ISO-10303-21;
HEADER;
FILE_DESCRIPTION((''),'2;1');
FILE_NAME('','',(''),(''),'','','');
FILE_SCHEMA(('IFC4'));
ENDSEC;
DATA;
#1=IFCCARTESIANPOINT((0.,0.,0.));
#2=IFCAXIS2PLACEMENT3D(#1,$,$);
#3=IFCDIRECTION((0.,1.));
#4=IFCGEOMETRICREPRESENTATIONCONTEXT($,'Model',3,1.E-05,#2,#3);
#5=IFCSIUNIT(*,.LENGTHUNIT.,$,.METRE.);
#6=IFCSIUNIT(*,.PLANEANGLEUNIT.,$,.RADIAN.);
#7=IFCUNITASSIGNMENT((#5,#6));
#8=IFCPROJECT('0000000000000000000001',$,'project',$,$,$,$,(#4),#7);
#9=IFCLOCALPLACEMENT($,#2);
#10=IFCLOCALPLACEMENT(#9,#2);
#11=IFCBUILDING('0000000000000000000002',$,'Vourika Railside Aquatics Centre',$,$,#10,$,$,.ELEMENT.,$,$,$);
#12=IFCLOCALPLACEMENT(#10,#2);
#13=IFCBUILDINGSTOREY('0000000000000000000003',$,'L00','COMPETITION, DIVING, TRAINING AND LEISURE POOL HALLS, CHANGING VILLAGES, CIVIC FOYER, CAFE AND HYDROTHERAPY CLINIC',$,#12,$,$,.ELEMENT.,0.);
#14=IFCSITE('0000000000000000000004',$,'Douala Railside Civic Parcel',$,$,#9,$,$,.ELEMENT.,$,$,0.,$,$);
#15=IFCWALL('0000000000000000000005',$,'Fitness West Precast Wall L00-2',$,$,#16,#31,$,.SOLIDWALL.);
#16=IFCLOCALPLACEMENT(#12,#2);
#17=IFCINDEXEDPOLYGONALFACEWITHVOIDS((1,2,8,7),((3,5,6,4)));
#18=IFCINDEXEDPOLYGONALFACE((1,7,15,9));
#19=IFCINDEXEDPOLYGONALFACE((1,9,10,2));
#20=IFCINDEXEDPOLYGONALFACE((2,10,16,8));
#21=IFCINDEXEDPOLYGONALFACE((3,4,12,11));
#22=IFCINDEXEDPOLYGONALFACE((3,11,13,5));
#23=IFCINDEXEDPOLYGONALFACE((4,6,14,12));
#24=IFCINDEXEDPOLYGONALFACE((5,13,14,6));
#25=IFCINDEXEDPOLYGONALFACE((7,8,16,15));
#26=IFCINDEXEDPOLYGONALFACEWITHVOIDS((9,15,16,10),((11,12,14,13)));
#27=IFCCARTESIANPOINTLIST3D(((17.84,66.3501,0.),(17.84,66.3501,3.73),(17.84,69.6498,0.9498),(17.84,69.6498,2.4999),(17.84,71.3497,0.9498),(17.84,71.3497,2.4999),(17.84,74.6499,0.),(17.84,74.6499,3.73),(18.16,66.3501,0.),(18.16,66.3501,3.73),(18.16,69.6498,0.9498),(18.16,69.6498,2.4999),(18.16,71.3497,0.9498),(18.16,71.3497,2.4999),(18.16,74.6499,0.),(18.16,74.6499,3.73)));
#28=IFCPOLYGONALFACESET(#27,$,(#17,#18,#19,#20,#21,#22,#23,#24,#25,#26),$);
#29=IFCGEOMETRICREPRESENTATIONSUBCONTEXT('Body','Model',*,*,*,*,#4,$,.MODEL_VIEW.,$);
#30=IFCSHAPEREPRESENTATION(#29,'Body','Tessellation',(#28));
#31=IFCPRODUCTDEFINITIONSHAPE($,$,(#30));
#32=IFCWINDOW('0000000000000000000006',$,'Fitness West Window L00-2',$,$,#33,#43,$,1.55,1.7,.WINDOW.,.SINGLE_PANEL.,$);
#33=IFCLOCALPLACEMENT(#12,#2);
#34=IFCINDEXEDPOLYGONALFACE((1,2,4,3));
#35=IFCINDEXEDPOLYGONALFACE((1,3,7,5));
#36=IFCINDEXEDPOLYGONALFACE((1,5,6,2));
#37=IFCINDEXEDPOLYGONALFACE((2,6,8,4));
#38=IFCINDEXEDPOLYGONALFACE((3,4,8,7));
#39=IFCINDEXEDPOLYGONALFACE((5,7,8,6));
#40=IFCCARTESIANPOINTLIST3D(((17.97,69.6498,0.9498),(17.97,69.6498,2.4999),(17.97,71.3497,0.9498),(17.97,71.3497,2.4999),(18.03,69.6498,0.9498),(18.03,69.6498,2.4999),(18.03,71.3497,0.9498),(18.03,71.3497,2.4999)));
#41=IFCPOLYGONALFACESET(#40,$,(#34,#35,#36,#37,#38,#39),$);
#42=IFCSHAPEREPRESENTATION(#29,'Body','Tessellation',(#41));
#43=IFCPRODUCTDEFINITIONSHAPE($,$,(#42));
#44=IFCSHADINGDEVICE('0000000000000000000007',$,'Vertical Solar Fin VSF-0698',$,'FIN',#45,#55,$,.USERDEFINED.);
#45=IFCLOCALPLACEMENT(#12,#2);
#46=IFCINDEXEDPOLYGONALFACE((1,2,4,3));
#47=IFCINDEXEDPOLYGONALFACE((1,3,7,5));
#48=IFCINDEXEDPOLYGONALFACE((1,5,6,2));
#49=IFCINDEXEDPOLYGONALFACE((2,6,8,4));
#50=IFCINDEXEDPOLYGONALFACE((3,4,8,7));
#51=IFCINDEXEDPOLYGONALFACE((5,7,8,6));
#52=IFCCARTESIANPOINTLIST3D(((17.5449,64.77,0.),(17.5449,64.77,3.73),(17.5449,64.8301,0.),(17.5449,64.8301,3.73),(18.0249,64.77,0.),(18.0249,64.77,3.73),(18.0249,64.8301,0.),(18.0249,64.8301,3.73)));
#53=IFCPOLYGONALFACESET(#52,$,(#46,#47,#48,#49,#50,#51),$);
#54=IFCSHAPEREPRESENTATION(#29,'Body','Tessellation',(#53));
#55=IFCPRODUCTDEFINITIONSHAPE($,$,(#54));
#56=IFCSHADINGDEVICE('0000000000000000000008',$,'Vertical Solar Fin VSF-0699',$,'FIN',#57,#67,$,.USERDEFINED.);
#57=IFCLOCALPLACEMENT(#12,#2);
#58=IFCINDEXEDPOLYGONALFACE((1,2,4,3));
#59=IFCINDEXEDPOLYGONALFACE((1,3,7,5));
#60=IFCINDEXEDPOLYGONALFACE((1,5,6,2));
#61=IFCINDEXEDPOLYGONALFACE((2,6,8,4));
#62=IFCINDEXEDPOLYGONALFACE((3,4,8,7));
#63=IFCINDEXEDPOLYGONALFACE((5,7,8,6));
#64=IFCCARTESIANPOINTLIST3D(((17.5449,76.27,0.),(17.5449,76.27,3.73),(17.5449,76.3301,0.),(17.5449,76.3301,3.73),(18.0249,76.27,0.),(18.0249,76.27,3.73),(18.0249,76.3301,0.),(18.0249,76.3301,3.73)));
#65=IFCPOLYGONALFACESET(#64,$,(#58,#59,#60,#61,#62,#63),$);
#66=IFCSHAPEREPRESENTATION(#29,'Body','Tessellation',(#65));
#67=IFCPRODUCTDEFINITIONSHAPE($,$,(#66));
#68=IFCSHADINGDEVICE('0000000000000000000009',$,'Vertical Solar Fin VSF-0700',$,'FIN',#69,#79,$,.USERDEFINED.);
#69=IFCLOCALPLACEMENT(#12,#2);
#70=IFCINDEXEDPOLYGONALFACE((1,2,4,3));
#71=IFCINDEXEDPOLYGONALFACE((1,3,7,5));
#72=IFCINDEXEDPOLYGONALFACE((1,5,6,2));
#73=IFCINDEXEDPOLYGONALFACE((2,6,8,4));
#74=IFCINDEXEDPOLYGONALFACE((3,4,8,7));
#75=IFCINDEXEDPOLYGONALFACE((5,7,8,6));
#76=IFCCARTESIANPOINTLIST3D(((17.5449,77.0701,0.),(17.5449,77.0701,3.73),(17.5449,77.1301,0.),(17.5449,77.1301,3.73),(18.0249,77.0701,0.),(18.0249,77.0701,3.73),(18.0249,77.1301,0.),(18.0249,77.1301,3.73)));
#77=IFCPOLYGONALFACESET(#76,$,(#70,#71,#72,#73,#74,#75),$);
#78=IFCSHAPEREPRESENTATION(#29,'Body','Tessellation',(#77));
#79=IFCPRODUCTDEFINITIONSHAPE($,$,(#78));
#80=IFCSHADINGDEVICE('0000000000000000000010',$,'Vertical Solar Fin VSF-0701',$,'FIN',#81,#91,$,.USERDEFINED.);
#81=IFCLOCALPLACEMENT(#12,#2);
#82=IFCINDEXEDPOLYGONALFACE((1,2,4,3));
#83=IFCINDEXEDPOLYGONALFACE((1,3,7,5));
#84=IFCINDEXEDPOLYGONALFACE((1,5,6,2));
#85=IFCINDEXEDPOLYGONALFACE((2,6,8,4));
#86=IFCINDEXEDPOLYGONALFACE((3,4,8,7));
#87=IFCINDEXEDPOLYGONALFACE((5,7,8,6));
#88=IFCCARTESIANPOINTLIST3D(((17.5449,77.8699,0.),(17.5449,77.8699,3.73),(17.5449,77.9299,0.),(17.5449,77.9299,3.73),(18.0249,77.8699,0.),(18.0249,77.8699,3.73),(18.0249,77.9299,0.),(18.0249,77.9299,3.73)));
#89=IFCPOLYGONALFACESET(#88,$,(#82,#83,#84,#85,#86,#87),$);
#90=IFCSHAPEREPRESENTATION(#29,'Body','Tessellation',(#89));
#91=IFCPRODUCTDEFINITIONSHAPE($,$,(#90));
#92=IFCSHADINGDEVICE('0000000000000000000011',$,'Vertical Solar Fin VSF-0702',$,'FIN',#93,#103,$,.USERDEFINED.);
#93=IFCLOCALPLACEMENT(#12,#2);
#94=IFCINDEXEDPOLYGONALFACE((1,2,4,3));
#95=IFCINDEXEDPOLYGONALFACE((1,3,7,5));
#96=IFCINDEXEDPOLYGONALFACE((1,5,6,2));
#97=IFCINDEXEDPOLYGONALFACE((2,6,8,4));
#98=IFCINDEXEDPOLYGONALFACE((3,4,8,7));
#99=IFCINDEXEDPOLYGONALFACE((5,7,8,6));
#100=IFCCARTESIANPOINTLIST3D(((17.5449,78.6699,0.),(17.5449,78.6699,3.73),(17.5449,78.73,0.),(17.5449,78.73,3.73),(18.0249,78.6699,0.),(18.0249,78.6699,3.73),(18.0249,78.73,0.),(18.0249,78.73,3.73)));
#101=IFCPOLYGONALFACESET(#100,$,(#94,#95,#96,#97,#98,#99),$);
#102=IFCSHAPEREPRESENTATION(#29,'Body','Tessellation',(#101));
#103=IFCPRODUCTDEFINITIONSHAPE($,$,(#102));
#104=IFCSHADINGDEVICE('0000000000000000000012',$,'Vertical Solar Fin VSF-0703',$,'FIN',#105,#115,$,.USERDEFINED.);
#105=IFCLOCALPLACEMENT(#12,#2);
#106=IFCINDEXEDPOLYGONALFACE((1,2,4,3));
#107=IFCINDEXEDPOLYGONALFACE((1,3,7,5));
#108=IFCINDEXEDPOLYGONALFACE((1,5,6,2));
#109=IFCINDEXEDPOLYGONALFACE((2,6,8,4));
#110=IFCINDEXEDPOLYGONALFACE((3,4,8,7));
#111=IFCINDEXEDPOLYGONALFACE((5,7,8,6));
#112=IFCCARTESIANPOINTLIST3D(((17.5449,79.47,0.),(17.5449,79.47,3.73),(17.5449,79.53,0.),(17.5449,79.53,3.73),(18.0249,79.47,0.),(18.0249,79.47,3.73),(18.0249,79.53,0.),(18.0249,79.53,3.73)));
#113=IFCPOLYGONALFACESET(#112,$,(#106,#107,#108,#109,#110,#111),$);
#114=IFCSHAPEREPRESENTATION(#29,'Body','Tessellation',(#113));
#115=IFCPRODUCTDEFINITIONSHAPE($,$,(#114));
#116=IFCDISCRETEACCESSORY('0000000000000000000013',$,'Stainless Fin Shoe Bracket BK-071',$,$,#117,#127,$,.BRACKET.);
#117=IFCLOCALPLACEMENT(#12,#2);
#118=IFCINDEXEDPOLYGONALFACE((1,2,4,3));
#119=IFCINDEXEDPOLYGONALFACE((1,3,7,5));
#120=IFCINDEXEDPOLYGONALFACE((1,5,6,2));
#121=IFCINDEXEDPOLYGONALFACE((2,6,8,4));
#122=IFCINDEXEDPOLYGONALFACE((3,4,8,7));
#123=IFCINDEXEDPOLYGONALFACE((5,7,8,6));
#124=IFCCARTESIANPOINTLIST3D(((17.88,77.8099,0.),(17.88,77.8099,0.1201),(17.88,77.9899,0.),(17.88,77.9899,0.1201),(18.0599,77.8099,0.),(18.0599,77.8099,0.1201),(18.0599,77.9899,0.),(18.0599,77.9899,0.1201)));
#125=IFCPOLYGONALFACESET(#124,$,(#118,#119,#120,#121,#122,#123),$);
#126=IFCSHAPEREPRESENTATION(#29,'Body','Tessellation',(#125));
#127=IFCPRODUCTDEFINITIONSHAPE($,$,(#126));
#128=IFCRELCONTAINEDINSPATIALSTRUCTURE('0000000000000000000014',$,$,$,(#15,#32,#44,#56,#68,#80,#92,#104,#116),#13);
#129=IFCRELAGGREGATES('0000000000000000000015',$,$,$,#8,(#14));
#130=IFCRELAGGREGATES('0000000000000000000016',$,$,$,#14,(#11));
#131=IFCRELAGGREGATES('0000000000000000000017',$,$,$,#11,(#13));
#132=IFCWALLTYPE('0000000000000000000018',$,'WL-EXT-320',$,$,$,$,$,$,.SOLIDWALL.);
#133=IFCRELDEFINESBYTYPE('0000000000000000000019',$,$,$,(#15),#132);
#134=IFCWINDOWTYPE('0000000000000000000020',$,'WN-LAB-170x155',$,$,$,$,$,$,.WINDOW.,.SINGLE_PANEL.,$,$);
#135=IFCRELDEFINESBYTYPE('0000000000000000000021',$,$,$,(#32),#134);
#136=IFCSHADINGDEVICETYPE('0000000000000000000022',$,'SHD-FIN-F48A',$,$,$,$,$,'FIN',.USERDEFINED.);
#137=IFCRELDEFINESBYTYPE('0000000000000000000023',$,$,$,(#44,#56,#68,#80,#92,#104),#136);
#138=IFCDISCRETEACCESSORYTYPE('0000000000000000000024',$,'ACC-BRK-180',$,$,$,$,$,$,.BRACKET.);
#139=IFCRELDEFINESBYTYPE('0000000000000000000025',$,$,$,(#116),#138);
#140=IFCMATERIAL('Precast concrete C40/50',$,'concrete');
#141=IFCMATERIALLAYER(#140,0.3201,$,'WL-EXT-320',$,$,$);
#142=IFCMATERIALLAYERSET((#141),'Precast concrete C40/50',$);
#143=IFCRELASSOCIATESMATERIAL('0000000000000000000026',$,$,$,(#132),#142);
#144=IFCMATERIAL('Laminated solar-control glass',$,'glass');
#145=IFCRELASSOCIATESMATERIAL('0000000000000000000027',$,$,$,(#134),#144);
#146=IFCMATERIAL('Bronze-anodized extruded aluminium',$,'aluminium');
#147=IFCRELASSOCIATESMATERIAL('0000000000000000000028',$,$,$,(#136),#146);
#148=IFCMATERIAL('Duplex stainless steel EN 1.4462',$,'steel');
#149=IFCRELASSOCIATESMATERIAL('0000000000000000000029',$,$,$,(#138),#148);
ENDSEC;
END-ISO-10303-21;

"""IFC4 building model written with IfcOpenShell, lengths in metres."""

from ifc_helpers import new_model, si_unit, direction, frame, frame_2d, origin, origin_2d, place, context, subcontext, project, spatial, rectangle, extrude, material, layer, layer_set, material_profile, profile_set, type_object, element, fill, save


model = new_model("IFC4")

# Units and contexts
model_context = context("Model", 3, precision=1e-05, world=origin(), true_north=direction((0.0, 1.0)))
body_context = subcontext(model_context, "Body", "Model", "MODEL_VIEW")
ifc_project = project(units=[si_unit("LENGTHUNIT", "METRE"), si_unit("PLANEANGLEUNIT", "RADIAN")], contexts=[model_context])

# Site, building, storey
site_placement = place(None, origin())
site = spatial("IfcSite", under=ifc_project, at=site_placement, Name="Douala Railside Civic Parcel", CompositionType="ELEMENT", RefElevation=0.0)
building_placement = place(site_placement, origin())
building = spatial("IfcBuilding", under=site, at=building_placement, Name="Vourika Railside Aquatics Centre", CompositionType="ELEMENT")
storey_placement = place(building_placement, origin())
storey = spatial("IfcBuildingStorey", under=building, at=storey_placement, Name="L00", Description="COMPETITION, DIVING, TRAINING AND LEISURE POOL HALLS, CHANGING VILLAGES, CIVIC FOYER, CAFE AND HYDROTHERAPY CLINIC", CompositionType="ELEMENT", Elevation=0.0)

# Wall, opening, window
ifc_material_1 = material(Name="Precast concrete C40/50", Category="concrete")
ifc_layer_1 = layer(ifc_material_1, 0.3201, Name="WL-EXT-320")
ifc_layer_set_1 = layer_set([ifc_layer_1], Name="Precast concrete C40/50")
wall_type = type_object("IfcWallType", Name="WL-EXT-320", PredefinedType="SOLIDWALL", material=ifc_layer_set_1)
wall_placement = place(storey_placement, frame((18.0, 74.6499, 0.0), z_axis=(0.0, 0.0, 1.0), x_axis=(0.0, -1.0, 0.0)))
wall = element("IfcWall", 1, at=wall_placement, inside=storey, type_object=wall_type, Name="Fitness West Precast Wall L00-2", PredefinedType="SOLIDWALL", context=body_context, shape_type="SweptSolid", body=[
    extrude(rectangle(XDim=8.2998, YDim=0.3201, at=frame_2d((4.1499, 0.0))), origin(), (0.0, 0.0, 1.0), 3.73),
])
opening_placement = place(wall_placement, frame((3.3, 0.0, 0.95)))
opening = element("IfcOpeningElement", 2, at=opening_placement, cuts=wall, PredefinedType="OPENING", context=body_context, shape_type="SweptSolid", body=[
    extrude(rectangle(XDim=1.7, YDim=1.55, at=frame_2d((0.8501, 0.7749))), frame((0.0, 0.1699, 0.0), z_axis=(0.0, -1.0, 0.0), x_axis=(1.0, 0.0, 0.0)), (0.0, 0.0, 1.0), 0.3401),
])
ifc_material_2 = material(Name="Laminated solar-control glass", Category="glass")
window_type = type_object("IfcWindowType", Name="WN-LAB-170x155", PartitioningType="SINGLE_PANEL", PredefinedType="WINDOW", material=ifc_material_2)
window_placement = place(opening_placement, origin())
window = element("IfcWindow", 3, at=window_placement, inside=storey, type_object=window_type, Name="Fitness West Window L00-2", OverallHeight=1.55, OverallWidth=1.7, PartitioningType="SINGLE_PANEL", PredefinedType="WINDOW", context=body_context, shape_type="SweptSolid", body=[
    extrude(rectangle(XDim=1.7, YDim=1.55, at=frame_2d((0.8501, 0.7749))), frame((0.0, 0.03, 0.0), z_axis=(0.0, -1.0, 0.0), x_axis=(1.0, 0.0, 0.0)), (0.0, 0.0, 1.0), 0.0601),
])
fill(opening, window)

# Shading devices
ifc_material_3 = material(Name="Bronze-anodized extruded aluminium", Category="aluminium")
ifc_material_profile_1 = material_profile(ifc_material_3, rectangle(XDim=0.0601, YDim=0.48, at=origin_2d()), Name="ALU-FIN 60x480")
ifc_profile_set_1 = profile_set([ifc_material_profile_1], Name="Bronze-anodized extruded aluminium")
shading_device_type = type_object("IfcShadingDeviceType", Name="SHD-FIN-F48A", ElementType="FIN", PredefinedType="USERDEFINED", material=ifc_profile_set_1)
for number, where, z_axis, x_axis, name in (
    (4, (17.7849, 64.8, 0.0), (0.0, 0.0, 1.0), (0.0, 1.0, 0.0), "Vertical Solar Fin VSF-0698"),
    (5, (17.7849, 76.3, 0.0), (0.0, 0.0, 1.0), (0.0, 1.0, 0.0), "Vertical Solar Fin VSF-0699"),
    (6, (17.7849, 77.1001, 0.0), (0.0, 0.0, 1.0), (0.0, 1.0, 0.0), "Vertical Solar Fin VSF-0700"),
    (7, (17.7849, 77.8999, 0.0), (0.0, 0.0, 1.0), (0.0, 1.0, 0.0), "Vertical Solar Fin VSF-0701"),
    (8, (17.7849, 78.7, 0.0), (0.0, 0.0, 1.0), (0.0, 1.0, 0.0), "Vertical Solar Fin VSF-0702"),
    (9, (17.7849, 79.5, 0.0), (0.0, 0.0, 1.0), (0.0, 1.0, 0.0), "Vertical Solar Fin VSF-0703"),
):
    element("IfcShadingDevice", number, at=place(storey_placement, frame(where, z_axis=z_axis, x_axis=x_axis)), inside=storey, type_object=shading_device_type, Name=name, ObjectType="FIN", PredefinedType="USERDEFINED", context=body_context, shape_type="SweptSolid", body=[
        extrude(rectangle(XDim=0.0601, YDim=0.48, at=origin_2d()), origin(), (0.0, 0.0, 1.0), 3.73),
    ])

# Discrete accessory
ifc_material_4 = material(Name="Duplex stainless steel EN 1.4462", Category="steel")
discrete_accessory_type = type_object("IfcDiscreteAccessoryType", Name="ACC-BRK-180", PredefinedType="BRACKET", material=ifc_material_4)
discrete_accessory_placement = place(storey_placement, frame((17.97, 77.8999, 0.0), z_axis=(0.0, 0.0, 1.0), x_axis=(-1.0, 0.0, 0.0)))
element("IfcDiscreteAccessory", 10, at=discrete_accessory_placement, inside=storey, type_object=discrete_accessory_type, Name="Stainless Fin Shoe Bracket BK-071", PredefinedType="BRACKET", context=body_context, shape_type="SweptSolid", body=[
    extrude(rectangle(XDim=0.1799, YDim=0.1799, at=origin_2d()), origin(), (0.0, 0.0, 1.0), 0.1201),
])

save(model, "model.ifc")
